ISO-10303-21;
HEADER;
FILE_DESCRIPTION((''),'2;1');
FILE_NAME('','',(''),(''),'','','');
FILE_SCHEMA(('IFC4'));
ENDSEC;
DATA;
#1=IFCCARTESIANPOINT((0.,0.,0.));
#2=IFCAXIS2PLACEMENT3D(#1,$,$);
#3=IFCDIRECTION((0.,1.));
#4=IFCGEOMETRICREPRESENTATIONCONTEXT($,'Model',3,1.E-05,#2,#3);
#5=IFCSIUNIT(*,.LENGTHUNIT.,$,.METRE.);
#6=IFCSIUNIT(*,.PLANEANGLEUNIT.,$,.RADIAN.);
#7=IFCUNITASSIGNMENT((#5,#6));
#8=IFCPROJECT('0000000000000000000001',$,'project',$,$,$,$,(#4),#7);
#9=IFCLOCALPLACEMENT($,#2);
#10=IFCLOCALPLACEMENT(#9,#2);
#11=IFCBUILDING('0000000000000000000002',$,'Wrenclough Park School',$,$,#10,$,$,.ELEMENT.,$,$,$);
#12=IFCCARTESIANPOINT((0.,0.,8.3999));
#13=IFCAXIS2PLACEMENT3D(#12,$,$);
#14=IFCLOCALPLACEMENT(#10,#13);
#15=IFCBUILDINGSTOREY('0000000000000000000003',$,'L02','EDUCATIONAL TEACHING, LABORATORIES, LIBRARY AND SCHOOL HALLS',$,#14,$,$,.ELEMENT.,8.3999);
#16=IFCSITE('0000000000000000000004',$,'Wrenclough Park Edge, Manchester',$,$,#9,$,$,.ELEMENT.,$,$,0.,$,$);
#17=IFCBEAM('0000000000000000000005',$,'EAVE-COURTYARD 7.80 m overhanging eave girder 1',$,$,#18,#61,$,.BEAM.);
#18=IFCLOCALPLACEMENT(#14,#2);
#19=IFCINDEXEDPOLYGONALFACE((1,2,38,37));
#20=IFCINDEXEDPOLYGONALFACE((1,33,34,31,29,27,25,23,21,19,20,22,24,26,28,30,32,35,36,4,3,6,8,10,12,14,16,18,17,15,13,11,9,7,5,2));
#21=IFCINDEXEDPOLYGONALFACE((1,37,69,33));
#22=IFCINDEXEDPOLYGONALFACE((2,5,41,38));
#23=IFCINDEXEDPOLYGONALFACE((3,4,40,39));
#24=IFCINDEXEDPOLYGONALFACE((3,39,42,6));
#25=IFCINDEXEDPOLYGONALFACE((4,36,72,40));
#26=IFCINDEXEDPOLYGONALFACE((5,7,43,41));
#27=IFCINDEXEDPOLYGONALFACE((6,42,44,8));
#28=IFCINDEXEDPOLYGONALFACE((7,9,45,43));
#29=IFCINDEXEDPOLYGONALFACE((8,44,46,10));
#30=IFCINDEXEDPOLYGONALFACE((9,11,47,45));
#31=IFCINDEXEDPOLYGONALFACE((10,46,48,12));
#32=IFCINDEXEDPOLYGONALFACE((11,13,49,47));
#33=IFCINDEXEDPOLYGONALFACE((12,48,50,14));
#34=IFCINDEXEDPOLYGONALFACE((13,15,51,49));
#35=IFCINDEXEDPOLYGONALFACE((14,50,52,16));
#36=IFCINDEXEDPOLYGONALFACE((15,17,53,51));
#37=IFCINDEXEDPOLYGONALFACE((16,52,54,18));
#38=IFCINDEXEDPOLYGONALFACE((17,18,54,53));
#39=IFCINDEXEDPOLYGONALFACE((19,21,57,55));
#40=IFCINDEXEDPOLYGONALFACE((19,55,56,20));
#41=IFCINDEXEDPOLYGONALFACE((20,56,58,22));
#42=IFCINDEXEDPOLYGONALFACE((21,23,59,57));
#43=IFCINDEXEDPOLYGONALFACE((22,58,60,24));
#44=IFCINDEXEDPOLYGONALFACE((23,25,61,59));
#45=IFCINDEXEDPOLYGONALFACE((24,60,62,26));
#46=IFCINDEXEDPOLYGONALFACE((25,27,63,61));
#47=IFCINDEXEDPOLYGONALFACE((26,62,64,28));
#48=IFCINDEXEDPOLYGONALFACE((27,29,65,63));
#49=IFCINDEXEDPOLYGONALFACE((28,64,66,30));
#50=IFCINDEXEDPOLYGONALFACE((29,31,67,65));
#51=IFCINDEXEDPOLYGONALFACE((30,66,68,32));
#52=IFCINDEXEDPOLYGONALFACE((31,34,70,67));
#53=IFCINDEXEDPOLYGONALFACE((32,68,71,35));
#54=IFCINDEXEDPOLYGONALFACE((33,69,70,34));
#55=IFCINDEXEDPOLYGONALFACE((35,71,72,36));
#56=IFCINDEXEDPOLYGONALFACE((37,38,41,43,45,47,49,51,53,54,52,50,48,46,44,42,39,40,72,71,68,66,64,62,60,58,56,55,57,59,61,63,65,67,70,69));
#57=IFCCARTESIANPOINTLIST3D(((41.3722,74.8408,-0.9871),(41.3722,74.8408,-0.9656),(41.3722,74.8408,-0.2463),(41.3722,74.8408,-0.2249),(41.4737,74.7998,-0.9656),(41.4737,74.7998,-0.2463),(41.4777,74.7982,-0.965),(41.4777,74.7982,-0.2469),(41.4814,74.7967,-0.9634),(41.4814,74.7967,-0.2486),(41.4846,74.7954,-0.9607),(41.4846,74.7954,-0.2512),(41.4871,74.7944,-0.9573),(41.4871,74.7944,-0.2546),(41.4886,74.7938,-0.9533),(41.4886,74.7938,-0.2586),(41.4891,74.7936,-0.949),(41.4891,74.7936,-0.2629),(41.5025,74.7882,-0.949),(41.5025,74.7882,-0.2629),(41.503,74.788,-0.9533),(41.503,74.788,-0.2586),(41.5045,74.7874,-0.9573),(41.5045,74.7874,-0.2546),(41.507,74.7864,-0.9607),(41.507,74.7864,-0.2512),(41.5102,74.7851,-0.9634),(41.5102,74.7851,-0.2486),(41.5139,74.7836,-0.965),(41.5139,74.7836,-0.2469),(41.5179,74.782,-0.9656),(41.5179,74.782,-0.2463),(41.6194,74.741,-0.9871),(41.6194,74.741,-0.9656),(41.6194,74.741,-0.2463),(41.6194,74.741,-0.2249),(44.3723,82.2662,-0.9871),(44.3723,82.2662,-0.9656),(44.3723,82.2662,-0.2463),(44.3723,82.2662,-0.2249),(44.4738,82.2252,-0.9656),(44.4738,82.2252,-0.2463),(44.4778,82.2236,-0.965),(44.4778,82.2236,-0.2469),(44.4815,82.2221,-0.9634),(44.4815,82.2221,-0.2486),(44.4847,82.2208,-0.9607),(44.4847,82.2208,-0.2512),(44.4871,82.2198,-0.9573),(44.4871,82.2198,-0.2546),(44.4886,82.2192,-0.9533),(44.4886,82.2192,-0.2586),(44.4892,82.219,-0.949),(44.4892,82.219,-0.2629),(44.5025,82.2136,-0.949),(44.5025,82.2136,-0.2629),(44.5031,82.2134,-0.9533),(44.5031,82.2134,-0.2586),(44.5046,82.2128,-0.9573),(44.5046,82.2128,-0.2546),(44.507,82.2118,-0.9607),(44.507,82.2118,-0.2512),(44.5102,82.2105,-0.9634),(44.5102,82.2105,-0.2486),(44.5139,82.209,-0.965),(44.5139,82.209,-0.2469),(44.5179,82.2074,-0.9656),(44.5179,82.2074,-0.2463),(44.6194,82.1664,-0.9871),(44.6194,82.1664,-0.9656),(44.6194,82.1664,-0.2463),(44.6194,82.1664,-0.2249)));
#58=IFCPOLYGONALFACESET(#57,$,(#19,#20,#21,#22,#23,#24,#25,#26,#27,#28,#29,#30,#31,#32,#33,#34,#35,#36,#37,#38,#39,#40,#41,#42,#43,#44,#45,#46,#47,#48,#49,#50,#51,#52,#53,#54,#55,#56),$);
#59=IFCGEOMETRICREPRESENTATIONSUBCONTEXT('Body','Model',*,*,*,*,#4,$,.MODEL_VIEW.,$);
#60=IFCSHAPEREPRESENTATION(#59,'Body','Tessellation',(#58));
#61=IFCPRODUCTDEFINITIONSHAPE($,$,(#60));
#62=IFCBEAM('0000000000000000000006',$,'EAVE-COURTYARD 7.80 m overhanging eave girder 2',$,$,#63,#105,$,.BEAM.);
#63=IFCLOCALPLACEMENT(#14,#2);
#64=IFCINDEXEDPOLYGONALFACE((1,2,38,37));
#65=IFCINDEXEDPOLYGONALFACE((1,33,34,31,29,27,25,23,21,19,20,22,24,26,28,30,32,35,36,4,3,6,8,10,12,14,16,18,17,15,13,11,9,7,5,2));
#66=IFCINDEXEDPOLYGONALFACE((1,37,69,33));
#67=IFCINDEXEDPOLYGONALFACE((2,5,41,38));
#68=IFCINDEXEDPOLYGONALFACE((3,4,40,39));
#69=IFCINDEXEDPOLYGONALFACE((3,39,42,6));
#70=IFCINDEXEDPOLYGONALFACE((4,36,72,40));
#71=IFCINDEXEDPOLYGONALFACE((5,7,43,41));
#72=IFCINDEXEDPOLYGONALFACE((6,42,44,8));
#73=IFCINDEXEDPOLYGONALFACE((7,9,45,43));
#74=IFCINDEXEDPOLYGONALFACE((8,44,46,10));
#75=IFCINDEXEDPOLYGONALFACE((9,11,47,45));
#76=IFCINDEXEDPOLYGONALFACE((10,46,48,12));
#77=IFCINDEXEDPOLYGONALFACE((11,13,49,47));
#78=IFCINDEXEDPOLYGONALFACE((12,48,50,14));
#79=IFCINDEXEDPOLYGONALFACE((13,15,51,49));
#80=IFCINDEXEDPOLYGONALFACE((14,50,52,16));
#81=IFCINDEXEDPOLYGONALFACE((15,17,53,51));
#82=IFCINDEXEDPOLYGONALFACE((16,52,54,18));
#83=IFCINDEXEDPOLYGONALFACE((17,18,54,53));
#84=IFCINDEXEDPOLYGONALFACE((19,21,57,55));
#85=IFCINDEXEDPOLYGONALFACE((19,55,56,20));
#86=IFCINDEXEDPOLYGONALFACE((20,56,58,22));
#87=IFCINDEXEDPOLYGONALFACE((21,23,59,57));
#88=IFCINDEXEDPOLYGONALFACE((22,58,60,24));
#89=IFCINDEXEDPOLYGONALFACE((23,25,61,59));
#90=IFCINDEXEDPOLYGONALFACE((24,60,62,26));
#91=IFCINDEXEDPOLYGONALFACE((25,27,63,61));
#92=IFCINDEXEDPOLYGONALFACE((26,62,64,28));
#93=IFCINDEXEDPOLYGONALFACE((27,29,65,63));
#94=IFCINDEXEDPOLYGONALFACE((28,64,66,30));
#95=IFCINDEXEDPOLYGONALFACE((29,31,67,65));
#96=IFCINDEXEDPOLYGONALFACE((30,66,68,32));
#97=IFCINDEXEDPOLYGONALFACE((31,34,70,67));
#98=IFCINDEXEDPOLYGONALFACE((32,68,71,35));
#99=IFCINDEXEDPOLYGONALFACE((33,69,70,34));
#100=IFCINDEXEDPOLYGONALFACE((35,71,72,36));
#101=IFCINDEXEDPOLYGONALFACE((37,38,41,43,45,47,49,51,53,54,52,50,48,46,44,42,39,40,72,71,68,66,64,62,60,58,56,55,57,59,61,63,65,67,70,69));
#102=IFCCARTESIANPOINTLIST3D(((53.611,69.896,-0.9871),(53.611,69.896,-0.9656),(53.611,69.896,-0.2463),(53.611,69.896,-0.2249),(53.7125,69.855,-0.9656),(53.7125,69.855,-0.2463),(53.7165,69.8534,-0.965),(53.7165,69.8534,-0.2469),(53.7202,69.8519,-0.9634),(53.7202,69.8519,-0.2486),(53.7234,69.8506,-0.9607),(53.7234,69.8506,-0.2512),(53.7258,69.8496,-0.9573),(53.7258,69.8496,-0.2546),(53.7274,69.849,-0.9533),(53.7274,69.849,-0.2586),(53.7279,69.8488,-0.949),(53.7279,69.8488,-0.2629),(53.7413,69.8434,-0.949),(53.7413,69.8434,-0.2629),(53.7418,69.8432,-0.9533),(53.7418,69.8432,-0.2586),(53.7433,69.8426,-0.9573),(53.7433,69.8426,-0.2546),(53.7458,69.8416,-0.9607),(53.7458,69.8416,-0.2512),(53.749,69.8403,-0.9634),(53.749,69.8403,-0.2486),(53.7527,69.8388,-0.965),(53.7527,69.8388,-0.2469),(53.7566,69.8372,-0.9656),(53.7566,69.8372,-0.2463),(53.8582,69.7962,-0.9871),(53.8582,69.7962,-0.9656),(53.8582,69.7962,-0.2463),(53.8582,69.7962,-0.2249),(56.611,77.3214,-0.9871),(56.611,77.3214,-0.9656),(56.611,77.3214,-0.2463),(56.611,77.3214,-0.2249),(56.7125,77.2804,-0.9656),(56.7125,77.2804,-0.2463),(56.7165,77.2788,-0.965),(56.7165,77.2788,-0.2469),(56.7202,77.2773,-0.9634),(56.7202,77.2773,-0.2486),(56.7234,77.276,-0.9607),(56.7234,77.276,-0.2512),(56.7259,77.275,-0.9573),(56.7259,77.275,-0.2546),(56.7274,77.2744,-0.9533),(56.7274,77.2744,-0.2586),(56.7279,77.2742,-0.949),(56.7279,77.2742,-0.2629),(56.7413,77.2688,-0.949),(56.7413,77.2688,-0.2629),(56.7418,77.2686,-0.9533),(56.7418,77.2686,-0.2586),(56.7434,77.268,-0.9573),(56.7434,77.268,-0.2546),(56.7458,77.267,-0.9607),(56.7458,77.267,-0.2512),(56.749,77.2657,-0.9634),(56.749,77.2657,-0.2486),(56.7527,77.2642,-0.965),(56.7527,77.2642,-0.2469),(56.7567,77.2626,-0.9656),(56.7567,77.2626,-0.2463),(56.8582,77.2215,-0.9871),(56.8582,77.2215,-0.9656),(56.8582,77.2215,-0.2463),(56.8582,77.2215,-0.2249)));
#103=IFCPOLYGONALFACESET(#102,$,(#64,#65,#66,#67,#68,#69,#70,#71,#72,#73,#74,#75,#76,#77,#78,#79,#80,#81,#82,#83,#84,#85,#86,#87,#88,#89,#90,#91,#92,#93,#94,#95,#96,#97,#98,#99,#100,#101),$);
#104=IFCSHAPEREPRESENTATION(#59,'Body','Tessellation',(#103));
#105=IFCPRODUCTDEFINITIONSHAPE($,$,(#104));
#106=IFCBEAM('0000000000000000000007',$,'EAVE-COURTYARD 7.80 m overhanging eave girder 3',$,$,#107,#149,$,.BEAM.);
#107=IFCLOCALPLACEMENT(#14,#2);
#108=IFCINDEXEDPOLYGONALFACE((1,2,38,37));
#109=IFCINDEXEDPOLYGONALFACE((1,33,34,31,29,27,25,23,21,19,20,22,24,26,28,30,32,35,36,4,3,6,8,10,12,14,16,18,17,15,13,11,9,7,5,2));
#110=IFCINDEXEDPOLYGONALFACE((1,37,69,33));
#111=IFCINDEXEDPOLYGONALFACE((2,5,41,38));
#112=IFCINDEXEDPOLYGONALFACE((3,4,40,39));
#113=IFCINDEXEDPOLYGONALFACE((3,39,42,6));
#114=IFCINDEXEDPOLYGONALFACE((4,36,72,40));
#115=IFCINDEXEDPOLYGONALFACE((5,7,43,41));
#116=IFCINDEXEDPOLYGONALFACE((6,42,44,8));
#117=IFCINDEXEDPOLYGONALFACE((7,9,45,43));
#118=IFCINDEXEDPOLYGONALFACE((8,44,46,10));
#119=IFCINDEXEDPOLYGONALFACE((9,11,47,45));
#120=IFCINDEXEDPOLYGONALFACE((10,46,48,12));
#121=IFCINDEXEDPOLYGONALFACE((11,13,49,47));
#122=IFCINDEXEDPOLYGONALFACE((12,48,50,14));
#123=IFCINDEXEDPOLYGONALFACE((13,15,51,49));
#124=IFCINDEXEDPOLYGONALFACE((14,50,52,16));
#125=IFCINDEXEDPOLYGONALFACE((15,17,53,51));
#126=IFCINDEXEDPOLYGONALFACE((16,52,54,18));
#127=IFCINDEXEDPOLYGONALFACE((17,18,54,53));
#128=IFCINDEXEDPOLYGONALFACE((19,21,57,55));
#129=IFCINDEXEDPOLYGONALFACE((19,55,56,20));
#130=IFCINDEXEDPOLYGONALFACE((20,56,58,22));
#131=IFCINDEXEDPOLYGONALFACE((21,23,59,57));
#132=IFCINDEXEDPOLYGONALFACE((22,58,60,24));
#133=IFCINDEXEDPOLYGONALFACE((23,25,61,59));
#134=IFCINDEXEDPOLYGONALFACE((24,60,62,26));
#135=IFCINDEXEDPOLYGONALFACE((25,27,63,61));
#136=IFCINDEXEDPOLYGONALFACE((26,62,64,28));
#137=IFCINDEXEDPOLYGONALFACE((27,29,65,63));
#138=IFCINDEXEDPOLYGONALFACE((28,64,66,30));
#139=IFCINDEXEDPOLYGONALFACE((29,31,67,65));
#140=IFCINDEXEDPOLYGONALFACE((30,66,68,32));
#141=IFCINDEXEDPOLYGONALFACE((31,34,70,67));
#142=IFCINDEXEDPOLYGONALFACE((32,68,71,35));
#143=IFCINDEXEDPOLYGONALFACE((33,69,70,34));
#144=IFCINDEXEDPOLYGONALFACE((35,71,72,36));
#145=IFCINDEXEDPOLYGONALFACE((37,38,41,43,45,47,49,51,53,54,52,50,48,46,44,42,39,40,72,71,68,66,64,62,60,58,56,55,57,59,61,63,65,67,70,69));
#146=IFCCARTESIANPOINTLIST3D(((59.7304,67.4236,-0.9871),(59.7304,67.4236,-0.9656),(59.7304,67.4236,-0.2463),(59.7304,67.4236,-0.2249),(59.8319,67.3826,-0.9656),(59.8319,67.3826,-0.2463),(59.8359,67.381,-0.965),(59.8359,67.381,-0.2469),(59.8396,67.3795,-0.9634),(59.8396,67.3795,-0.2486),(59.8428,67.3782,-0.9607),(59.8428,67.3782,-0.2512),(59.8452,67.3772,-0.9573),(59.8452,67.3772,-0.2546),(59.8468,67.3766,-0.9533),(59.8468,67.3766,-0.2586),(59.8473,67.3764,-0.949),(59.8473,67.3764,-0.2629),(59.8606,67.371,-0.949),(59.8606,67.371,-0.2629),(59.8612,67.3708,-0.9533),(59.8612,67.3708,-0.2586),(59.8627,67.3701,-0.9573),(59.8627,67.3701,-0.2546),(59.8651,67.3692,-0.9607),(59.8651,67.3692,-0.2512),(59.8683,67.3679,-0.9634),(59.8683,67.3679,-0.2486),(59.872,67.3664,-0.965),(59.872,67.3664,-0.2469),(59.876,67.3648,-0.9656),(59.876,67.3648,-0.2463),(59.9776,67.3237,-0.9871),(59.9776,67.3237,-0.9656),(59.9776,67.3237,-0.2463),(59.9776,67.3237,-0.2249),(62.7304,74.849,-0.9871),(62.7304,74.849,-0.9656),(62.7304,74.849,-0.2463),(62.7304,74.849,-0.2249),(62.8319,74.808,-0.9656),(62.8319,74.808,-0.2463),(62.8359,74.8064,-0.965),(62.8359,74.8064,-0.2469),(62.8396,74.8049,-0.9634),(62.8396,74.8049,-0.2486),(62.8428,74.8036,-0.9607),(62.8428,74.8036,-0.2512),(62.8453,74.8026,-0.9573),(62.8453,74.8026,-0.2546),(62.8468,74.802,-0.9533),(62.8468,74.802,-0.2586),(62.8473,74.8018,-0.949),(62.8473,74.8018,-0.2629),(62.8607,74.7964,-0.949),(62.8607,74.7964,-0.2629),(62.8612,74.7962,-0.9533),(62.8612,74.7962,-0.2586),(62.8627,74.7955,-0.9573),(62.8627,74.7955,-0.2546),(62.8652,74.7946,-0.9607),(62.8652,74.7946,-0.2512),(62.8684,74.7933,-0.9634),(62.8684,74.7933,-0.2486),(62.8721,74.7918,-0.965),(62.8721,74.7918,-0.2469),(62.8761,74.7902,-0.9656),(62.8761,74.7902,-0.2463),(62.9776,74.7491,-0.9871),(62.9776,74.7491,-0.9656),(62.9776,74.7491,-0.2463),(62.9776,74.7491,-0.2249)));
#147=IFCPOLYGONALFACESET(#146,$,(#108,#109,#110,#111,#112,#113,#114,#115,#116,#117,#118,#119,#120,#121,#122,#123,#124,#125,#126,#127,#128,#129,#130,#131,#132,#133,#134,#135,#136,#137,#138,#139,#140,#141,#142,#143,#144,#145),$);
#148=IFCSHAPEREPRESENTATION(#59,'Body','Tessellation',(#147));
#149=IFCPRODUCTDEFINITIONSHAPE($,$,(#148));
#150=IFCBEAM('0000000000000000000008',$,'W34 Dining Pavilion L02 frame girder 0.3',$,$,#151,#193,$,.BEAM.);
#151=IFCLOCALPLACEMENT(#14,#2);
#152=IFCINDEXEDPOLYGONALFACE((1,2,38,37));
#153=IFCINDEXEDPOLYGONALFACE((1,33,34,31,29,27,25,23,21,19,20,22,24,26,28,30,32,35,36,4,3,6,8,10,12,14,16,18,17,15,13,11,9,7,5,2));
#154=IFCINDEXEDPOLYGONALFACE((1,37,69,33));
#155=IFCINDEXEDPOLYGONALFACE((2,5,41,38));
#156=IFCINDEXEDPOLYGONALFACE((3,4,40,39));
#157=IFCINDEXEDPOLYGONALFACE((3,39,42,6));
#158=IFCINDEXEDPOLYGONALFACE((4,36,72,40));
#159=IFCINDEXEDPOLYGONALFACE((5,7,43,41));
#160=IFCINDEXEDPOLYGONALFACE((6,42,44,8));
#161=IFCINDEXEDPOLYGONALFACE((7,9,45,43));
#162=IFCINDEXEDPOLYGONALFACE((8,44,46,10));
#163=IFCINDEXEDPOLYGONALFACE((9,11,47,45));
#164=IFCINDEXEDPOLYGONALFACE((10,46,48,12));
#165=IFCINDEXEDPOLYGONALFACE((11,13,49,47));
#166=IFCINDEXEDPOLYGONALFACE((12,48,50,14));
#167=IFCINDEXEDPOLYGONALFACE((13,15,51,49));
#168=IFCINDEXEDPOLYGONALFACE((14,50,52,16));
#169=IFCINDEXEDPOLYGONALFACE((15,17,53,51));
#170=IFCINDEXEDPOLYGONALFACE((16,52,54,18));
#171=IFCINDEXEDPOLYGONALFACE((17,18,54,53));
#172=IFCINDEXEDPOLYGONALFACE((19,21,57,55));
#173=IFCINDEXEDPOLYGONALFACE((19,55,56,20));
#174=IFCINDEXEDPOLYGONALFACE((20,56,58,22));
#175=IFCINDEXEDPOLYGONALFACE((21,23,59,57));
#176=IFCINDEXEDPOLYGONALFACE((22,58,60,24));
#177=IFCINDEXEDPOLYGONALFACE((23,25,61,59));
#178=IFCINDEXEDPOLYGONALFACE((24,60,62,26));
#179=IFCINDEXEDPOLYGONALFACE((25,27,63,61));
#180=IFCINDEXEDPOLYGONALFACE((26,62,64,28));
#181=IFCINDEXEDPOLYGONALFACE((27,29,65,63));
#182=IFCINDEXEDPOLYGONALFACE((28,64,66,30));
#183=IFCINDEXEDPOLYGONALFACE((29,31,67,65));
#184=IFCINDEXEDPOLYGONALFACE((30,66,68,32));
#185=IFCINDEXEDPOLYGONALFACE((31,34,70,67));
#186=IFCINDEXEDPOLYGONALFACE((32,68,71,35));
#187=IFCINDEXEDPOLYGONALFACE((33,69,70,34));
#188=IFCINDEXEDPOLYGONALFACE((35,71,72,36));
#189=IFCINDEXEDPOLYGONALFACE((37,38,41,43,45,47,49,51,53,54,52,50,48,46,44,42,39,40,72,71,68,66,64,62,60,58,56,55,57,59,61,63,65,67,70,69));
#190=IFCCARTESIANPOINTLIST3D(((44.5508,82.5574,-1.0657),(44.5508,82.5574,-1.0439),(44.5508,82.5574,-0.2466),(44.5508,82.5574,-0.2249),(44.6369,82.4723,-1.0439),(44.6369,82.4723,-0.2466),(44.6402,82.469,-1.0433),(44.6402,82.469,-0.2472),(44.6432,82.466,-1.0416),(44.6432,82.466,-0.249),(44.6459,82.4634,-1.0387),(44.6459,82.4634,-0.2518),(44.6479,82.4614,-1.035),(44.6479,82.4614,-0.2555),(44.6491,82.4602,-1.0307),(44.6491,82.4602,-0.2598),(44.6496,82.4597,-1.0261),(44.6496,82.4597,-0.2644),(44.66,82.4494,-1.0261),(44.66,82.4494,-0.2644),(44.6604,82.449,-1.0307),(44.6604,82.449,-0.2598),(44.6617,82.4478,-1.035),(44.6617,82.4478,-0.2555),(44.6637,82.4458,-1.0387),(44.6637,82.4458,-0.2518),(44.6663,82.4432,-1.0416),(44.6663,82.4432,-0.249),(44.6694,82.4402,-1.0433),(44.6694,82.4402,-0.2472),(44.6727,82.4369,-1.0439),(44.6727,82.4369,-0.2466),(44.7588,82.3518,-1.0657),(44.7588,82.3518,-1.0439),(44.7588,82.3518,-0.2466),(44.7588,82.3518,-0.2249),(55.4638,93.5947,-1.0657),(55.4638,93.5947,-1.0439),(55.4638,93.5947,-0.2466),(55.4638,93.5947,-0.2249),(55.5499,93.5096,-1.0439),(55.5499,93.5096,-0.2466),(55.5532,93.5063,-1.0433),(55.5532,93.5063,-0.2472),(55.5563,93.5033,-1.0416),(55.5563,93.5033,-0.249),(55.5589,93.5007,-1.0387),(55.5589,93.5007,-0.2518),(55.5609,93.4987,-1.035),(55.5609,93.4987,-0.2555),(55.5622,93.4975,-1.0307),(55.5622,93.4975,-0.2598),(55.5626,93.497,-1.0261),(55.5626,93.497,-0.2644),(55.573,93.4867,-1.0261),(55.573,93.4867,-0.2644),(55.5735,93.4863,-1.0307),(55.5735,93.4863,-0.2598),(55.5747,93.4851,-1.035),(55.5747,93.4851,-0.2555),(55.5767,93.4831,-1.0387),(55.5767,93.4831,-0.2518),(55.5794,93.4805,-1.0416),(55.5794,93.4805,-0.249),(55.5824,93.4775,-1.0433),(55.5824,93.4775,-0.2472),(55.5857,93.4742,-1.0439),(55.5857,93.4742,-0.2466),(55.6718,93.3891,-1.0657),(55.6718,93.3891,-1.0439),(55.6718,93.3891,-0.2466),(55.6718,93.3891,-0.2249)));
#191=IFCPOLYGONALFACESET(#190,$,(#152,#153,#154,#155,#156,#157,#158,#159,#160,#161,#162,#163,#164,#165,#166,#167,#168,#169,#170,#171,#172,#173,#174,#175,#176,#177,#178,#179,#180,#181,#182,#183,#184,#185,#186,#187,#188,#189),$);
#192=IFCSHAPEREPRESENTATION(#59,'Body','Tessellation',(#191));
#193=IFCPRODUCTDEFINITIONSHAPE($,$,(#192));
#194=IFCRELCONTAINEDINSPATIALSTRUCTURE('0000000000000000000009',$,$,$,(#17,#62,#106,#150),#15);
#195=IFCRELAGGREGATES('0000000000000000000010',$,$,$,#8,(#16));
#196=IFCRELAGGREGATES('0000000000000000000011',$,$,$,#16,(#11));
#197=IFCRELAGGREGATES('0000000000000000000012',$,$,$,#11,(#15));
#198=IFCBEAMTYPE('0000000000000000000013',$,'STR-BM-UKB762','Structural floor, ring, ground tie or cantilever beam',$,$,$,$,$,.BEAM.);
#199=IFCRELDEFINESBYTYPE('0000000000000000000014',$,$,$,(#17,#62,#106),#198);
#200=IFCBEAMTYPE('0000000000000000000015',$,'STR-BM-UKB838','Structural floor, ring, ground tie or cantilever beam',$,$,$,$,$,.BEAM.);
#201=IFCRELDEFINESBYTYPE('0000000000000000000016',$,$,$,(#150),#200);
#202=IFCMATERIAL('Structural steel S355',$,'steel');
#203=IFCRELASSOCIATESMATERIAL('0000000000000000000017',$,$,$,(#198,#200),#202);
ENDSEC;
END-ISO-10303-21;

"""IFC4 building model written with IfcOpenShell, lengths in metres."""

from ifc_helpers import new_model, si_unit, direction, frame, origin, origin_2d, place, context, subcontext, project, spatial, i_section, extrude, material, material_profile, profile_set, type_object, element, save


model = new_model("IFC4")

# Units and contexts
model_context = context("Model", 3, precision=1e-05, world=origin(), true_north=direction((0.0, 1.0)))
body_context = subcontext(model_context, "Body", "Model", "MODEL_VIEW")
ifc_project = project(units=[si_unit("LENGTHUNIT", "METRE"), si_unit("PLANEANGLEUNIT", "RADIAN")], contexts=[model_context])

# Site, building, storey
site_placement = place(None, origin())
site = spatial("IfcSite", under=ifc_project, at=site_placement, Name="Wrenclough Park Edge, Manchester", CompositionType="ELEMENT", RefElevation=0.0)
building_placement = place(site_placement, origin())
building = spatial("IfcBuilding", under=site, at=building_placement, Name="Wrenclough Park School", CompositionType="ELEMENT")
storey_placement = place(building_placement, frame((0.0, 0.0, 8.3999)))
storey = spatial("IfcBuildingStorey", under=building, at=storey_placement, Name="L02", Description="EDUCATIONAL TEACHING, LABORATORIES, LIBRARY AND SCHOOL HALLS", CompositionType="ELEMENT", Elevation=8.3999)

# Beams
ifc_material_1 = material(Name="Structural steel S355", Category="steel")
ifc_material_profile_1 = material_profile(ifc_material_1, i_section(OverallWidth=0.2666, OverallDepth=0.7622, WebThickness=0.0144, FlangeThickness=0.0215, FilletRadius=0.0166, at=origin_2d()), Name="UKB 762x267x173")
ifc_profile_set_1 = profile_set([ifc_material_profile_1], Name="Structural steel S355")
beam_type_1 = type_object("IfcBeamType", Name="STR-BM-UKB762", Description="Structural floor, ring, ground tie or cantilever beam", PredefinedType="BEAM", material=ifc_profile_set_1)
for number, where, z_axis, x_axis, name in (
    (1, (44.4958, 82.2163, -0.606), (-0.374605, -0.927184, 0.0), (0.927184, -0.374605, 0.0), "EAVE-COURTYARD 7.80 m overhanging eave girder 1"),
    (2, (56.7346, 77.2715, -0.606), (-0.374605, -0.927184, 0.0), (0.927184, -0.374605, 0.0), "EAVE-COURTYARD 7.80 m overhanging eave girder 2"),
    (3, (62.854, 74.7991, -0.606), (-0.374605, -0.927184, 0.0), (0.927184, -0.374605, 0.0), "EAVE-COURTYARD 7.80 m overhanging eave girder 3"),
):
    element("IfcBeam", number, at=place(storey_placement, frame(where, z_axis=z_axis, x_axis=x_axis)), inside=storey, type_object=beam_type_1, Name=name, PredefinedType="BEAM", context=body_context, shape_type="SweptSolid", body=[
        extrude(i_section(OverallWidth=0.2666, OverallDepth=0.7622, WebThickness=0.0144, FlangeThickness=0.0215, FilletRadius=0.0166, at=origin_2d()), origin(), (0.0, 0.0, 1.0), 8.0085),
    ])
ifc_material_profile_2 = material_profile(ifc_material_1, i_section(OverallWidth=0.2925, OverallDepth=0.8408, WebThickness=0.0146, FlangeThickness=0.0217, FilletRadius=0.0178, at=origin_2d()), Name="UKB 838x292x194")
ifc_profile_set_2 = profile_set([ifc_material_profile_2], Name="Structural steel S355")
beam_type_2 = type_object("IfcBeamType", Name="STR-BM-UKB838", Description="Structural floor, ring, ground tie or cantilever beam", PredefinedType="BEAM", material=ifc_profile_set_2)
beam_1_placement = place(storey_placement, frame((44.6548, 82.4546, -0.6453), z_axis=(0.703092, 0.711099, 0.0), x_axis=(-0.711099, 0.703092, 0.0)))
element("IfcBeam", 4, at=beam_1_placement, inside=storey, type_object=beam_type_2, Name="W34 Dining Pavilion L02 frame girder 0.3", PredefinedType="BEAM", context=body_context, shape_type="SweptSolid", body=[
    extrude(i_section(OverallWidth=0.2925, OverallDepth=0.8408, WebThickness=0.0146, FlangeThickness=0.0217, FilletRadius=0.0178, at=origin_2d()), origin(), (0.0, 0.0, 1.0), 15.5215),
])

save(model, "model.ifc")
